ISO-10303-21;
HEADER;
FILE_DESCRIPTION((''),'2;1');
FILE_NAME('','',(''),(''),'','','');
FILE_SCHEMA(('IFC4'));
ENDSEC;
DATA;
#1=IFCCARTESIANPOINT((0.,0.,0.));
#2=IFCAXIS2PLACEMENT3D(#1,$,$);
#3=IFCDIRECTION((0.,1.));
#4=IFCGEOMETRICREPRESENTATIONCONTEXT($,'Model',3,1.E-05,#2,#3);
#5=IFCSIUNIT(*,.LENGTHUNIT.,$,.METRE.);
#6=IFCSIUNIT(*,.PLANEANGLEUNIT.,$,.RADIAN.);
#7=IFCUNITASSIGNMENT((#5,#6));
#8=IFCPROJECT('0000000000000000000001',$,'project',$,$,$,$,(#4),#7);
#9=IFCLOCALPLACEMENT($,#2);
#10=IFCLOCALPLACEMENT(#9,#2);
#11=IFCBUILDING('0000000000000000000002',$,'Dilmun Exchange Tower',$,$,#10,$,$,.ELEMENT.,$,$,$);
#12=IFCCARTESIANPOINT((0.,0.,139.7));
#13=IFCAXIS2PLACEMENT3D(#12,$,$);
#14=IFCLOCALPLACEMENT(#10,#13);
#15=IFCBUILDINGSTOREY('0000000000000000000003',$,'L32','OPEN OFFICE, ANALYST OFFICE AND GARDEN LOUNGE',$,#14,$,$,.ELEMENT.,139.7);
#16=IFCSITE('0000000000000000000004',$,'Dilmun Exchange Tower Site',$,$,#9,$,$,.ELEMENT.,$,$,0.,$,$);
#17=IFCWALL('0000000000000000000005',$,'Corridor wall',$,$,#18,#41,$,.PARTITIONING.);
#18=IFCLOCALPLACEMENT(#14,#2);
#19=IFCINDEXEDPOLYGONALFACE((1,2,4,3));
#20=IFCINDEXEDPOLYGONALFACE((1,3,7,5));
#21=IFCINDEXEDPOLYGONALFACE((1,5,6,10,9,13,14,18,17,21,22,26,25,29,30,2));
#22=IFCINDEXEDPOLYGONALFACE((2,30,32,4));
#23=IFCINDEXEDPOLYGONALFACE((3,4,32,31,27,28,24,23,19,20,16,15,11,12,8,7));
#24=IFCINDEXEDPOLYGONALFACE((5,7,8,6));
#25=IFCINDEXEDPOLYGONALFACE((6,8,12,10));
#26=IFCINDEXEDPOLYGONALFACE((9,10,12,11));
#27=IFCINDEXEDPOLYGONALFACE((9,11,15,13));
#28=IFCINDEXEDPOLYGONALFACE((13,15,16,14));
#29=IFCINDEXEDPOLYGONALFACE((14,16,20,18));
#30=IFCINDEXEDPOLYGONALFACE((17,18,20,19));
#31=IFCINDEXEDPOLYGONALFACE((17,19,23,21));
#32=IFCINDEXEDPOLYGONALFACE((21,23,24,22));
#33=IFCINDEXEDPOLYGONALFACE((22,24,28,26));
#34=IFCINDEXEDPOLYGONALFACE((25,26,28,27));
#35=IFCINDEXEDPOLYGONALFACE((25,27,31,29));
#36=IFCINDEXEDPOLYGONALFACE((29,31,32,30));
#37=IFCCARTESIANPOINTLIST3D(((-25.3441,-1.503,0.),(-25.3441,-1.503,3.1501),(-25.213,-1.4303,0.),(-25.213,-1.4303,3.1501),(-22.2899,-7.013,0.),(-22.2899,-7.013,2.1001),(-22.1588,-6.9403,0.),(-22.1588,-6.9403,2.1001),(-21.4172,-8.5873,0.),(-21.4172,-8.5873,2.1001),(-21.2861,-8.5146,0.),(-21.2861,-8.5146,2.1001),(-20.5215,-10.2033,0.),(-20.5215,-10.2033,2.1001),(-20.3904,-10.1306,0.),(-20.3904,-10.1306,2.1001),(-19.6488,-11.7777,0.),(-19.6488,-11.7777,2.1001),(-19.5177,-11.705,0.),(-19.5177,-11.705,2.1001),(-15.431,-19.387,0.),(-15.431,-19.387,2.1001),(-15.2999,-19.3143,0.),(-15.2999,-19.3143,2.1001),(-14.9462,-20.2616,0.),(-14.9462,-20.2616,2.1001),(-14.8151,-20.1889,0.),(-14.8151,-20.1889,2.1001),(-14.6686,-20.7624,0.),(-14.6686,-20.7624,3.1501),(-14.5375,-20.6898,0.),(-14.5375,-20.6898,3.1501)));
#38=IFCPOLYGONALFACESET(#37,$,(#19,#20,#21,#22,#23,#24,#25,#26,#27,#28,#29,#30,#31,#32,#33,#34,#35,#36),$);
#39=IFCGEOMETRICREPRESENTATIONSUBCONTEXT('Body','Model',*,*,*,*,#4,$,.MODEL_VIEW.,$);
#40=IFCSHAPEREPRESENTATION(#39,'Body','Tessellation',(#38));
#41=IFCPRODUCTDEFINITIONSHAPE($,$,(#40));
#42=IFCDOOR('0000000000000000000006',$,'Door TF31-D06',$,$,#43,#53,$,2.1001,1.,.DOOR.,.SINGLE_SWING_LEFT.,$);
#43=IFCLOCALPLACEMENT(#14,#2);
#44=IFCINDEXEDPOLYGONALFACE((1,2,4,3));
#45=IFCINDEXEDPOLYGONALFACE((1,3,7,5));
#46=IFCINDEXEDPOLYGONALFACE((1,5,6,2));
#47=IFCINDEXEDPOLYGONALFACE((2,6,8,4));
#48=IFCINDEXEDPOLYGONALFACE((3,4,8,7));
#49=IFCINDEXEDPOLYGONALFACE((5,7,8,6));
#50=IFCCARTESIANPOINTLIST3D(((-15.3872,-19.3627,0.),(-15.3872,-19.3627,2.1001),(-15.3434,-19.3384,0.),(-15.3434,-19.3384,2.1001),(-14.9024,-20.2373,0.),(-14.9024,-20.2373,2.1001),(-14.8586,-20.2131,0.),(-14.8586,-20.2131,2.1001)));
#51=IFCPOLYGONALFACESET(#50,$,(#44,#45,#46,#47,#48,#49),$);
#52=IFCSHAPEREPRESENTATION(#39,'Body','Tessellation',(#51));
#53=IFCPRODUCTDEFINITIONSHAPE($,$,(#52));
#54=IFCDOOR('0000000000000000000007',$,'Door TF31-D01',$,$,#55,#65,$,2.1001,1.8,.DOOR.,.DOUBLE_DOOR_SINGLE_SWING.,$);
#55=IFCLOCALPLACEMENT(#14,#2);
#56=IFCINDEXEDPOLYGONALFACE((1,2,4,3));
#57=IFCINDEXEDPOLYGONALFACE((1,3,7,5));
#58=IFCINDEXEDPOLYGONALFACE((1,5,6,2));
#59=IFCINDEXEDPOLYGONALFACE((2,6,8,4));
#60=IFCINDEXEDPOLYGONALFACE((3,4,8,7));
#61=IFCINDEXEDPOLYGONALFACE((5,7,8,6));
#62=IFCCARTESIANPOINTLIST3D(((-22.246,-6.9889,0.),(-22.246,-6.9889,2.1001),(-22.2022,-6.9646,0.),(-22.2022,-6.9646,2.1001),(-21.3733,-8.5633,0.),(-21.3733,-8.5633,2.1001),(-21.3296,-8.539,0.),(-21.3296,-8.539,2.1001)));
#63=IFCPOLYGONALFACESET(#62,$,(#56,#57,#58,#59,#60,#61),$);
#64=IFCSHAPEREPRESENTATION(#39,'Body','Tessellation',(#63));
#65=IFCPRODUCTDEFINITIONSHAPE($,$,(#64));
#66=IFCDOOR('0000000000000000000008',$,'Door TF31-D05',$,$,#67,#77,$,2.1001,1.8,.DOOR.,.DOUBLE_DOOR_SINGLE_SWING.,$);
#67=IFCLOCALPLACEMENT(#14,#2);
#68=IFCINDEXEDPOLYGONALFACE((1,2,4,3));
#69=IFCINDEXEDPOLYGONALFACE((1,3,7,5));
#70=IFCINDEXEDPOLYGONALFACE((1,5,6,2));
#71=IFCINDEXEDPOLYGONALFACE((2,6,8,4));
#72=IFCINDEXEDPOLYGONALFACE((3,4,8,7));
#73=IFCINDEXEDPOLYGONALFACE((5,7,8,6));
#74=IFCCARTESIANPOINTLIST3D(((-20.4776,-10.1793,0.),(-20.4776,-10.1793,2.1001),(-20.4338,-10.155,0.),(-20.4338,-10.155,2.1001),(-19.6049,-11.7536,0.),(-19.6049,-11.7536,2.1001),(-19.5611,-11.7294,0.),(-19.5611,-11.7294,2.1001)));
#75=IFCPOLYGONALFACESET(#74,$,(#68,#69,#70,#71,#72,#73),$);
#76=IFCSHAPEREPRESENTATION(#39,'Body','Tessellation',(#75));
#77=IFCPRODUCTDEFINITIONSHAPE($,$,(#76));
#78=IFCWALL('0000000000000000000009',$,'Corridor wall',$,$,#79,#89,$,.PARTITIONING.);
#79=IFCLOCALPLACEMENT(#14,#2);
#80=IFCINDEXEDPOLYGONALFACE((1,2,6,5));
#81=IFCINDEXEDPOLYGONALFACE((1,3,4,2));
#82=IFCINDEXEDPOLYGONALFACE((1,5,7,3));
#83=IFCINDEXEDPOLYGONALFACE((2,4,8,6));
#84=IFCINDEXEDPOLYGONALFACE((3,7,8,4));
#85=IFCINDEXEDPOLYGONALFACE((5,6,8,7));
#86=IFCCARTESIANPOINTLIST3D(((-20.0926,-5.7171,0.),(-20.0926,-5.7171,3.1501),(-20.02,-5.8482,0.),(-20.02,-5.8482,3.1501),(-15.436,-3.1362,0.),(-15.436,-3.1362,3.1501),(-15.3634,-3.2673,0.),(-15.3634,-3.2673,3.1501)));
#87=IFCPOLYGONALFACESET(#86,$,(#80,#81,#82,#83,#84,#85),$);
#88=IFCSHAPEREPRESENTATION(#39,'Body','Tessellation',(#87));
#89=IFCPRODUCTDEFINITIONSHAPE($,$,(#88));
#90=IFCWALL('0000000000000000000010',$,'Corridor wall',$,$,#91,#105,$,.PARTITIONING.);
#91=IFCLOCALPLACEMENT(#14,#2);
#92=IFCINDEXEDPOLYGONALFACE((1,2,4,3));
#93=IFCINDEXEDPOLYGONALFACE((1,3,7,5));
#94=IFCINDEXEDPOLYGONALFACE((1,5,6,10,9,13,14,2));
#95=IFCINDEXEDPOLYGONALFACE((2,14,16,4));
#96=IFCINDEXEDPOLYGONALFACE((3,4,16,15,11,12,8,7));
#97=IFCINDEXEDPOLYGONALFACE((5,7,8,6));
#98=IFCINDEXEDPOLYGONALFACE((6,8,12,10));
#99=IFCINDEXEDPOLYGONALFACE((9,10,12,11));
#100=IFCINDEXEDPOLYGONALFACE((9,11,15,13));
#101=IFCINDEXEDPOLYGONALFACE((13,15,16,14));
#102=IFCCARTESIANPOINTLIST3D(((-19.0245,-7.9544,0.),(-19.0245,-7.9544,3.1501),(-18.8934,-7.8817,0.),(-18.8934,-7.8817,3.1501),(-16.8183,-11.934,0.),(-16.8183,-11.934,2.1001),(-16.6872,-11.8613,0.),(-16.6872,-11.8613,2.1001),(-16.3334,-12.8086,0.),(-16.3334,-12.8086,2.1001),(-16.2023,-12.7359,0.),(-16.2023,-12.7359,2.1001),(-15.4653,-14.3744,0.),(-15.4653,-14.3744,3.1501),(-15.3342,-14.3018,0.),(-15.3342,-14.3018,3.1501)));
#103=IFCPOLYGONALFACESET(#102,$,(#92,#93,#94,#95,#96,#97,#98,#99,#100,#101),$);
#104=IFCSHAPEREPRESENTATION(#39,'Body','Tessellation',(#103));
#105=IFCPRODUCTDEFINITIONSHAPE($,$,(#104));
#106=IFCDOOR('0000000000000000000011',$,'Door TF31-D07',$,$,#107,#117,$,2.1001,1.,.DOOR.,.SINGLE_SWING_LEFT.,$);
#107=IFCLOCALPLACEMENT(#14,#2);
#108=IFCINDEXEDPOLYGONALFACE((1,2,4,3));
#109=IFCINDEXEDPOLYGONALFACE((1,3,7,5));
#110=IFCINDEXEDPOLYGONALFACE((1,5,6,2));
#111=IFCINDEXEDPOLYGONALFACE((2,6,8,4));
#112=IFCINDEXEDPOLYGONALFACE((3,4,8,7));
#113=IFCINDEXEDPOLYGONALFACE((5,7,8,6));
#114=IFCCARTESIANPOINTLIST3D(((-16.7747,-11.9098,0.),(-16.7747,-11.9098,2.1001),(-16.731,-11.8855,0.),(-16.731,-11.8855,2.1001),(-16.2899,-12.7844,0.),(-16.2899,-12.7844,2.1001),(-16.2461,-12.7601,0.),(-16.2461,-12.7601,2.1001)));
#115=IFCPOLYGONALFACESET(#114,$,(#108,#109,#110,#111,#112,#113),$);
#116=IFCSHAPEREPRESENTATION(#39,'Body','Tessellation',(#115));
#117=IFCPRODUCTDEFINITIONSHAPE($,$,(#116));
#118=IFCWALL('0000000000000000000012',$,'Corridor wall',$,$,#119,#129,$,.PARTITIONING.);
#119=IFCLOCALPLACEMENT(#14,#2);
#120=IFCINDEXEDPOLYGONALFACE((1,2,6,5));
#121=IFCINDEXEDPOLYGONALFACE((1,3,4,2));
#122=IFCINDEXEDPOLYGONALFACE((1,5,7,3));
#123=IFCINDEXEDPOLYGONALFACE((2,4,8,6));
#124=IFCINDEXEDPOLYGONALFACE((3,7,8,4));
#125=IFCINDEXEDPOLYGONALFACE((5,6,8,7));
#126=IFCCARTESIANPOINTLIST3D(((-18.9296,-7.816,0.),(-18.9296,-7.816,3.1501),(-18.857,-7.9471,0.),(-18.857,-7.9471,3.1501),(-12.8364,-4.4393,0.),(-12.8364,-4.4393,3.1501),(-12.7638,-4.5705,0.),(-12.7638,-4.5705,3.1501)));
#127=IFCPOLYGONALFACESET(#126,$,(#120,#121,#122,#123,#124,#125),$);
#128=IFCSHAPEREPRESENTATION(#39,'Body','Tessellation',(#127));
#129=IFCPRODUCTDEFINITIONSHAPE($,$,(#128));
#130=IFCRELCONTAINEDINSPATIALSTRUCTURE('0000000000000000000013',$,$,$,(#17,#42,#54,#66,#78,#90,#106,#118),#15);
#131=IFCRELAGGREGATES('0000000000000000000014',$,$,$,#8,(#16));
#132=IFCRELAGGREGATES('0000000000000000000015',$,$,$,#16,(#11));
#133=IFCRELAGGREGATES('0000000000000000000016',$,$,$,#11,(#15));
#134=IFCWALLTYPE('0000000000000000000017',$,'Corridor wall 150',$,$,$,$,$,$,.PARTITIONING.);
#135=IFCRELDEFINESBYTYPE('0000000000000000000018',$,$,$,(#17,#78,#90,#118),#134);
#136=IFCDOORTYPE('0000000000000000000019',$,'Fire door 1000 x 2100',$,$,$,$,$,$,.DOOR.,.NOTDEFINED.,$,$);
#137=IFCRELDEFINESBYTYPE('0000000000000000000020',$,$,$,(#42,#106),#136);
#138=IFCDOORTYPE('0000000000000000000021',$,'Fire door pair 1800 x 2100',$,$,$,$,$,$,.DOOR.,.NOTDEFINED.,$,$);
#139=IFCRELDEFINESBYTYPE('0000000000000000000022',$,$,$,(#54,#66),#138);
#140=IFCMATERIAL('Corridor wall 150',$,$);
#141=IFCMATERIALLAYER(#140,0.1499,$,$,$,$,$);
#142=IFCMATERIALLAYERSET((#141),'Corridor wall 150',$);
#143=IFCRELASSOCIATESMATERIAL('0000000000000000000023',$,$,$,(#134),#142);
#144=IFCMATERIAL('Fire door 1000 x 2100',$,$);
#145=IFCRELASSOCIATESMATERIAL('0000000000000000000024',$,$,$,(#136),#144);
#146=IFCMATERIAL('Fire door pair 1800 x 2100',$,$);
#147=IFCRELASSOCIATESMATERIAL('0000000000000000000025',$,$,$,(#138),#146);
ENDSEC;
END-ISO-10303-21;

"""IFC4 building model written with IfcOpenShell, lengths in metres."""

from ifc_helpers import new_model, si_unit, direction, frame, frame_2d, origin, place, context, subcontext, project, spatial, rectangle, extrude, material, layer, layer_set, type_object, element, fill, save


model = new_model("IFC4")

# Units and contexts
model_context = context("Model", 3, precision=1e-05, world=origin(), true_north=direction((0.0, 1.0)))
body_context = subcontext(model_context, "Body", "Model", "MODEL_VIEW")
ifc_project = project(units=[si_unit("LENGTHUNIT", "METRE"), si_unit("PLANEANGLEUNIT", "RADIAN")], contexts=[model_context])

# Site, building, storey
site_placement = place(None, origin())
site = spatial("IfcSite", under=ifc_project, at=site_placement, Name="Dilmun Exchange Tower Site", CompositionType="ELEMENT", RefElevation=0.0)
building_placement = place(site_placement, origin())
building = spatial("IfcBuilding", under=site, at=building_placement, Name="Dilmun Exchange Tower", CompositionType="ELEMENT")
storey_placement = place(building_placement, frame((0.0, 0.0, 139.7)))
storey = spatial("IfcBuildingStorey", under=building, at=storey_placement, Name="L32", Description="OPEN OFFICE, ANALYST OFFICE AND GARDEN LOUNGE", CompositionType="ELEMENT", Elevation=139.7)

# Shared definitions
ifc_material_1 = material(Name="Corridor wall 150")
ifc_layer_1 = layer(ifc_material_1, 0.1499)
ifc_layer_set_1 = layer_set([ifc_layer_1], Name="Corridor wall 150")
wall_type_1 = type_object("IfcWallType", Name="Corridor wall 150", PredefinedType="PARTITIONING", material=ifc_layer_set_1)

# Wall, openings, doors
wall_1_placement = place(storey_placement, frame((-25.2786, -1.4666, 0.0), z_axis=(0.0, 0.0, 1.0), x_axis=(0.484803, -0.874623, 0.0)))
wall_1 = element("IfcWall", 1, at=wall_1_placement, inside=storey, type_object=wall_type_1, Name="Corridor wall", PredefinedType="PARTITIONING", context=body_context, shape_type="SweptSolid", body=[
    extrude(rectangle(XDim=22.0203, YDim=0.1499, at=frame_2d((11.0103, 0.0))), origin(), (0.0, 0.0, 1.0), 3.1501),
])
opening_1_placement = place(wall_1_placement, frame((6.3, 0.0, 0.0)))
opening_1 = element("IfcOpeningElement", 2, at=opening_1_placement, cuts=wall_1, PredefinedType="OPENING", context=body_context, shape_type="SweptSolid", body=[
    extrude(rectangle(XDim=1.8, YDim=2.1001, at=frame_2d((0.8999, 1.05))), frame((0.0, 0.085, 0.0), z_axis=(0.0, -1.0, 0.0), x_axis=(1.0, 0.0, 0.0)), (0.0, 0.0, 1.0), 0.1699),
])
opening_2_placement = place(wall_1_placement, frame((9.9478, 0.0, 0.0)))
opening_2 = element("IfcOpeningElement", 3, at=opening_2_placement, cuts=wall_1, PredefinedType="OPENING", context=body_context, shape_type="SweptSolid", body=[
    extrude(rectangle(XDim=1.8, YDim=2.1001, at=frame_2d((0.8999, 1.05))), frame((0.0, 0.085, 0.0), z_axis=(0.0, -1.0, 0.0), x_axis=(1.0, 0.0, 0.0)), (0.0, 0.0, 1.0), 0.1699),
])
opening_3_placement = place(wall_1_placement, frame((20.4478, 0.0, 0.0)))
opening_3 = element("IfcOpeningElement", 4, at=opening_3_placement, cuts=wall_1, PredefinedType="OPENING", context=body_context, shape_type="SweptSolid", body=[
    extrude(rectangle(XDim=1.0, YDim=2.1001, at=frame_2d((0.5, 1.05))), frame((0.0, 0.085, 0.0), z_axis=(0.0, -1.0, 0.0), x_axis=(1.0, 0.0, 0.0)), (0.0, 0.0, 1.0), 0.1699),
])
ifc_material_2 = material(Name="Fire door 1000 x 2100")
door_type_1 = type_object("IfcDoorType", Name="Fire door 1000 x 2100", OperationType="NOTDEFINED", PredefinedType="DOOR", material=ifc_material_2)
door_1_placement = place(opening_3_placement, frame((1.0, 0.0, 0.0), z_axis=(0.0, 0.0, 1.0), x_axis=(-1.0, 0.0, 0.0)))
door_1 = element("IfcDoor", 5, at=door_1_placement, inside=storey, type_object=door_type_1, Name="Door TF31-D06", OperationType="SINGLE_SWING_LEFT", OverallHeight=2.1001, OverallWidth=1.0, PredefinedType="DOOR", context=body_context, shape_type="SweptSolid", body=[
    extrude(rectangle(XDim=1.0, YDim=2.1001, at=frame_2d((0.5, 1.05))), frame((0.0, 0.0249, 0.0), z_axis=(0.0, -1.0, 0.0), x_axis=(1.0, 0.0, 0.0)), (0.0, 0.0, 1.0), 0.05),
])
fill(opening_3, door_1)
ifc_material_3 = material(Name="Fire door pair 1800 x 2100")
door_type_2 = type_object("IfcDoorType", Name="Fire door pair 1800 x 2100", OperationType="NOTDEFINED", PredefinedType="DOOR", material=ifc_material_3)
door_2_placement = place(opening_1_placement, frame((1.8, 0.0, 0.0), z_axis=(0.0, 0.0, 1.0), x_axis=(-1.0, 0.0, 0.0)))
door_2 = element("IfcDoor", 6, at=door_2_placement, inside=storey, type_object=door_type_2, Name="Door TF31-D01", OperationType="DOUBLE_DOOR_SINGLE_SWING", OverallHeight=2.1001, OverallWidth=1.8, PredefinedType="DOOR", context=body_context, shape_type="SweptSolid", body=[
    extrude(rectangle(XDim=1.8, YDim=2.1001, at=frame_2d((0.8999, 1.05))), frame((0.0, 0.0249, 0.0), z_axis=(0.0, -1.0, 0.0), x_axis=(1.0, 0.0, 0.0)), (0.0, 0.0, 1.0), 0.05),
])
fill(opening_1, door_2)
door_3_placement = place(opening_2_placement, frame((1.8, 0.0, 0.0), z_axis=(0.0, 0.0, 1.0), x_axis=(-1.0, 0.0, 0.0)))
door_3 = element("IfcDoor", 7, at=door_3_placement, inside=storey, type_object=door_type_2, Name="Door TF31-D05", OperationType="DOUBLE_DOOR_SINGLE_SWING", OverallHeight=2.1001, OverallWidth=1.8, PredefinedType="DOOR", context=body_context, shape_type="SweptSolid", body=[
    extrude(rectangle(XDim=1.8, YDim=2.1001, at=frame_2d((0.8999, 1.05))), frame((0.0, 0.0249, 0.0), z_axis=(0.0, -1.0, 0.0), x_axis=(1.0, 0.0, 0.0)), (0.0, 0.0, 1.0), 0.05),
])
fill(opening_2, door_3)

# Wall
wall_2_placement = place(storey_placement, frame((-20.0564, -5.7827, 0.0), z_axis=(0.0, 0.0, 1.0), x_axis=(0.874646, 0.484763, 0.0)))
element("IfcWall", 8, at=wall_2_placement, inside=storey, type_object=wall_type_1, Name="Corridor wall", PredefinedType="PARTITIONING", context=body_context, shape_type="SweptSolid", body=[
    extrude(rectangle(XDim=5.324, YDim=0.1499, at=frame_2d((2.6621, 0.0))), origin(), (0.0, 0.0, 1.0), 3.1501),
])

# Wall, opening, door
wall_3_placement = place(storey_placement, frame((-18.959, -7.918, 0.0), z_axis=(0.0, 0.0, 1.0), x_axis=(0.484858, -0.874593, 0.0)))
wall_3 = element("IfcWall", 9, at=wall_3_placement, inside=storey, type_object=wall_type_1, Name="Corridor wall", PredefinedType="PARTITIONING", context=body_context, shape_type="SweptSolid", body=[
    extrude(rectangle(XDim=7.3406, YDim=0.1499, at=frame_2d((3.6704, 0.0))), origin(), (0.0, 0.0, 1.0), 3.1501),
])
opening_4_placement = place(wall_3_placement, frame((4.5503, 0.0, 0.0)))
opening_4 = element("IfcOpeningElement", 10, at=opening_4_placement, cuts=wall_3, PredefinedType="OPENING", context=body_context, shape_type="SweptSolid", body=[
    extrude(rectangle(XDim=1.0, YDim=2.1001, at=frame_2d((0.5, 1.05))), frame((0.0, 0.085, 0.0), z_axis=(0.0, -1.0, 0.0), x_axis=(1.0, 0.0, 0.0)), (0.0, 0.0, 1.0), 0.1699),
])
door_4_placement = place(opening_4_placement, origin())
door_4 = element("IfcDoor", 11, at=door_4_placement, inside=storey, type_object=door_type_1, Name="Door TF31-D07", OperationType="SINGLE_SWING_LEFT", OverallHeight=2.1001, OverallWidth=1.0, PredefinedType="DOOR", context=body_context, shape_type="SweptSolid", body=[
    extrude(rectangle(XDim=1.0, YDim=2.1001, at=frame_2d((0.5, 1.05))), frame((0.0, 0.0249, 0.0), z_axis=(0.0, -1.0, 0.0), x_axis=(1.0, 0.0, 0.0)), (0.0, 0.0, 1.0), 0.05),
])
fill(opening_4, door_4)

# Wall
wall_4_placement = place(storey_placement, frame((-18.8933, -7.8816, 0.0), z_axis=(0.0, 0.0, 1.0), x_axis=(0.874671, 0.484717, 0.0)))
element("IfcWall", 12, at=wall_4_placement, inside=storey, type_object=wall_type_1, Name="Corridor wall", PredefinedType="PARTITIONING", context=body_context, shape_type="SweptSolid", body=[
    extrude(rectangle(XDim=6.9663, YDim=0.1499, at=frame_2d((3.4832, 0.0))), origin(), (0.0, 0.0, 1.0), 3.1501),
])

save(model, "model.ifc")
